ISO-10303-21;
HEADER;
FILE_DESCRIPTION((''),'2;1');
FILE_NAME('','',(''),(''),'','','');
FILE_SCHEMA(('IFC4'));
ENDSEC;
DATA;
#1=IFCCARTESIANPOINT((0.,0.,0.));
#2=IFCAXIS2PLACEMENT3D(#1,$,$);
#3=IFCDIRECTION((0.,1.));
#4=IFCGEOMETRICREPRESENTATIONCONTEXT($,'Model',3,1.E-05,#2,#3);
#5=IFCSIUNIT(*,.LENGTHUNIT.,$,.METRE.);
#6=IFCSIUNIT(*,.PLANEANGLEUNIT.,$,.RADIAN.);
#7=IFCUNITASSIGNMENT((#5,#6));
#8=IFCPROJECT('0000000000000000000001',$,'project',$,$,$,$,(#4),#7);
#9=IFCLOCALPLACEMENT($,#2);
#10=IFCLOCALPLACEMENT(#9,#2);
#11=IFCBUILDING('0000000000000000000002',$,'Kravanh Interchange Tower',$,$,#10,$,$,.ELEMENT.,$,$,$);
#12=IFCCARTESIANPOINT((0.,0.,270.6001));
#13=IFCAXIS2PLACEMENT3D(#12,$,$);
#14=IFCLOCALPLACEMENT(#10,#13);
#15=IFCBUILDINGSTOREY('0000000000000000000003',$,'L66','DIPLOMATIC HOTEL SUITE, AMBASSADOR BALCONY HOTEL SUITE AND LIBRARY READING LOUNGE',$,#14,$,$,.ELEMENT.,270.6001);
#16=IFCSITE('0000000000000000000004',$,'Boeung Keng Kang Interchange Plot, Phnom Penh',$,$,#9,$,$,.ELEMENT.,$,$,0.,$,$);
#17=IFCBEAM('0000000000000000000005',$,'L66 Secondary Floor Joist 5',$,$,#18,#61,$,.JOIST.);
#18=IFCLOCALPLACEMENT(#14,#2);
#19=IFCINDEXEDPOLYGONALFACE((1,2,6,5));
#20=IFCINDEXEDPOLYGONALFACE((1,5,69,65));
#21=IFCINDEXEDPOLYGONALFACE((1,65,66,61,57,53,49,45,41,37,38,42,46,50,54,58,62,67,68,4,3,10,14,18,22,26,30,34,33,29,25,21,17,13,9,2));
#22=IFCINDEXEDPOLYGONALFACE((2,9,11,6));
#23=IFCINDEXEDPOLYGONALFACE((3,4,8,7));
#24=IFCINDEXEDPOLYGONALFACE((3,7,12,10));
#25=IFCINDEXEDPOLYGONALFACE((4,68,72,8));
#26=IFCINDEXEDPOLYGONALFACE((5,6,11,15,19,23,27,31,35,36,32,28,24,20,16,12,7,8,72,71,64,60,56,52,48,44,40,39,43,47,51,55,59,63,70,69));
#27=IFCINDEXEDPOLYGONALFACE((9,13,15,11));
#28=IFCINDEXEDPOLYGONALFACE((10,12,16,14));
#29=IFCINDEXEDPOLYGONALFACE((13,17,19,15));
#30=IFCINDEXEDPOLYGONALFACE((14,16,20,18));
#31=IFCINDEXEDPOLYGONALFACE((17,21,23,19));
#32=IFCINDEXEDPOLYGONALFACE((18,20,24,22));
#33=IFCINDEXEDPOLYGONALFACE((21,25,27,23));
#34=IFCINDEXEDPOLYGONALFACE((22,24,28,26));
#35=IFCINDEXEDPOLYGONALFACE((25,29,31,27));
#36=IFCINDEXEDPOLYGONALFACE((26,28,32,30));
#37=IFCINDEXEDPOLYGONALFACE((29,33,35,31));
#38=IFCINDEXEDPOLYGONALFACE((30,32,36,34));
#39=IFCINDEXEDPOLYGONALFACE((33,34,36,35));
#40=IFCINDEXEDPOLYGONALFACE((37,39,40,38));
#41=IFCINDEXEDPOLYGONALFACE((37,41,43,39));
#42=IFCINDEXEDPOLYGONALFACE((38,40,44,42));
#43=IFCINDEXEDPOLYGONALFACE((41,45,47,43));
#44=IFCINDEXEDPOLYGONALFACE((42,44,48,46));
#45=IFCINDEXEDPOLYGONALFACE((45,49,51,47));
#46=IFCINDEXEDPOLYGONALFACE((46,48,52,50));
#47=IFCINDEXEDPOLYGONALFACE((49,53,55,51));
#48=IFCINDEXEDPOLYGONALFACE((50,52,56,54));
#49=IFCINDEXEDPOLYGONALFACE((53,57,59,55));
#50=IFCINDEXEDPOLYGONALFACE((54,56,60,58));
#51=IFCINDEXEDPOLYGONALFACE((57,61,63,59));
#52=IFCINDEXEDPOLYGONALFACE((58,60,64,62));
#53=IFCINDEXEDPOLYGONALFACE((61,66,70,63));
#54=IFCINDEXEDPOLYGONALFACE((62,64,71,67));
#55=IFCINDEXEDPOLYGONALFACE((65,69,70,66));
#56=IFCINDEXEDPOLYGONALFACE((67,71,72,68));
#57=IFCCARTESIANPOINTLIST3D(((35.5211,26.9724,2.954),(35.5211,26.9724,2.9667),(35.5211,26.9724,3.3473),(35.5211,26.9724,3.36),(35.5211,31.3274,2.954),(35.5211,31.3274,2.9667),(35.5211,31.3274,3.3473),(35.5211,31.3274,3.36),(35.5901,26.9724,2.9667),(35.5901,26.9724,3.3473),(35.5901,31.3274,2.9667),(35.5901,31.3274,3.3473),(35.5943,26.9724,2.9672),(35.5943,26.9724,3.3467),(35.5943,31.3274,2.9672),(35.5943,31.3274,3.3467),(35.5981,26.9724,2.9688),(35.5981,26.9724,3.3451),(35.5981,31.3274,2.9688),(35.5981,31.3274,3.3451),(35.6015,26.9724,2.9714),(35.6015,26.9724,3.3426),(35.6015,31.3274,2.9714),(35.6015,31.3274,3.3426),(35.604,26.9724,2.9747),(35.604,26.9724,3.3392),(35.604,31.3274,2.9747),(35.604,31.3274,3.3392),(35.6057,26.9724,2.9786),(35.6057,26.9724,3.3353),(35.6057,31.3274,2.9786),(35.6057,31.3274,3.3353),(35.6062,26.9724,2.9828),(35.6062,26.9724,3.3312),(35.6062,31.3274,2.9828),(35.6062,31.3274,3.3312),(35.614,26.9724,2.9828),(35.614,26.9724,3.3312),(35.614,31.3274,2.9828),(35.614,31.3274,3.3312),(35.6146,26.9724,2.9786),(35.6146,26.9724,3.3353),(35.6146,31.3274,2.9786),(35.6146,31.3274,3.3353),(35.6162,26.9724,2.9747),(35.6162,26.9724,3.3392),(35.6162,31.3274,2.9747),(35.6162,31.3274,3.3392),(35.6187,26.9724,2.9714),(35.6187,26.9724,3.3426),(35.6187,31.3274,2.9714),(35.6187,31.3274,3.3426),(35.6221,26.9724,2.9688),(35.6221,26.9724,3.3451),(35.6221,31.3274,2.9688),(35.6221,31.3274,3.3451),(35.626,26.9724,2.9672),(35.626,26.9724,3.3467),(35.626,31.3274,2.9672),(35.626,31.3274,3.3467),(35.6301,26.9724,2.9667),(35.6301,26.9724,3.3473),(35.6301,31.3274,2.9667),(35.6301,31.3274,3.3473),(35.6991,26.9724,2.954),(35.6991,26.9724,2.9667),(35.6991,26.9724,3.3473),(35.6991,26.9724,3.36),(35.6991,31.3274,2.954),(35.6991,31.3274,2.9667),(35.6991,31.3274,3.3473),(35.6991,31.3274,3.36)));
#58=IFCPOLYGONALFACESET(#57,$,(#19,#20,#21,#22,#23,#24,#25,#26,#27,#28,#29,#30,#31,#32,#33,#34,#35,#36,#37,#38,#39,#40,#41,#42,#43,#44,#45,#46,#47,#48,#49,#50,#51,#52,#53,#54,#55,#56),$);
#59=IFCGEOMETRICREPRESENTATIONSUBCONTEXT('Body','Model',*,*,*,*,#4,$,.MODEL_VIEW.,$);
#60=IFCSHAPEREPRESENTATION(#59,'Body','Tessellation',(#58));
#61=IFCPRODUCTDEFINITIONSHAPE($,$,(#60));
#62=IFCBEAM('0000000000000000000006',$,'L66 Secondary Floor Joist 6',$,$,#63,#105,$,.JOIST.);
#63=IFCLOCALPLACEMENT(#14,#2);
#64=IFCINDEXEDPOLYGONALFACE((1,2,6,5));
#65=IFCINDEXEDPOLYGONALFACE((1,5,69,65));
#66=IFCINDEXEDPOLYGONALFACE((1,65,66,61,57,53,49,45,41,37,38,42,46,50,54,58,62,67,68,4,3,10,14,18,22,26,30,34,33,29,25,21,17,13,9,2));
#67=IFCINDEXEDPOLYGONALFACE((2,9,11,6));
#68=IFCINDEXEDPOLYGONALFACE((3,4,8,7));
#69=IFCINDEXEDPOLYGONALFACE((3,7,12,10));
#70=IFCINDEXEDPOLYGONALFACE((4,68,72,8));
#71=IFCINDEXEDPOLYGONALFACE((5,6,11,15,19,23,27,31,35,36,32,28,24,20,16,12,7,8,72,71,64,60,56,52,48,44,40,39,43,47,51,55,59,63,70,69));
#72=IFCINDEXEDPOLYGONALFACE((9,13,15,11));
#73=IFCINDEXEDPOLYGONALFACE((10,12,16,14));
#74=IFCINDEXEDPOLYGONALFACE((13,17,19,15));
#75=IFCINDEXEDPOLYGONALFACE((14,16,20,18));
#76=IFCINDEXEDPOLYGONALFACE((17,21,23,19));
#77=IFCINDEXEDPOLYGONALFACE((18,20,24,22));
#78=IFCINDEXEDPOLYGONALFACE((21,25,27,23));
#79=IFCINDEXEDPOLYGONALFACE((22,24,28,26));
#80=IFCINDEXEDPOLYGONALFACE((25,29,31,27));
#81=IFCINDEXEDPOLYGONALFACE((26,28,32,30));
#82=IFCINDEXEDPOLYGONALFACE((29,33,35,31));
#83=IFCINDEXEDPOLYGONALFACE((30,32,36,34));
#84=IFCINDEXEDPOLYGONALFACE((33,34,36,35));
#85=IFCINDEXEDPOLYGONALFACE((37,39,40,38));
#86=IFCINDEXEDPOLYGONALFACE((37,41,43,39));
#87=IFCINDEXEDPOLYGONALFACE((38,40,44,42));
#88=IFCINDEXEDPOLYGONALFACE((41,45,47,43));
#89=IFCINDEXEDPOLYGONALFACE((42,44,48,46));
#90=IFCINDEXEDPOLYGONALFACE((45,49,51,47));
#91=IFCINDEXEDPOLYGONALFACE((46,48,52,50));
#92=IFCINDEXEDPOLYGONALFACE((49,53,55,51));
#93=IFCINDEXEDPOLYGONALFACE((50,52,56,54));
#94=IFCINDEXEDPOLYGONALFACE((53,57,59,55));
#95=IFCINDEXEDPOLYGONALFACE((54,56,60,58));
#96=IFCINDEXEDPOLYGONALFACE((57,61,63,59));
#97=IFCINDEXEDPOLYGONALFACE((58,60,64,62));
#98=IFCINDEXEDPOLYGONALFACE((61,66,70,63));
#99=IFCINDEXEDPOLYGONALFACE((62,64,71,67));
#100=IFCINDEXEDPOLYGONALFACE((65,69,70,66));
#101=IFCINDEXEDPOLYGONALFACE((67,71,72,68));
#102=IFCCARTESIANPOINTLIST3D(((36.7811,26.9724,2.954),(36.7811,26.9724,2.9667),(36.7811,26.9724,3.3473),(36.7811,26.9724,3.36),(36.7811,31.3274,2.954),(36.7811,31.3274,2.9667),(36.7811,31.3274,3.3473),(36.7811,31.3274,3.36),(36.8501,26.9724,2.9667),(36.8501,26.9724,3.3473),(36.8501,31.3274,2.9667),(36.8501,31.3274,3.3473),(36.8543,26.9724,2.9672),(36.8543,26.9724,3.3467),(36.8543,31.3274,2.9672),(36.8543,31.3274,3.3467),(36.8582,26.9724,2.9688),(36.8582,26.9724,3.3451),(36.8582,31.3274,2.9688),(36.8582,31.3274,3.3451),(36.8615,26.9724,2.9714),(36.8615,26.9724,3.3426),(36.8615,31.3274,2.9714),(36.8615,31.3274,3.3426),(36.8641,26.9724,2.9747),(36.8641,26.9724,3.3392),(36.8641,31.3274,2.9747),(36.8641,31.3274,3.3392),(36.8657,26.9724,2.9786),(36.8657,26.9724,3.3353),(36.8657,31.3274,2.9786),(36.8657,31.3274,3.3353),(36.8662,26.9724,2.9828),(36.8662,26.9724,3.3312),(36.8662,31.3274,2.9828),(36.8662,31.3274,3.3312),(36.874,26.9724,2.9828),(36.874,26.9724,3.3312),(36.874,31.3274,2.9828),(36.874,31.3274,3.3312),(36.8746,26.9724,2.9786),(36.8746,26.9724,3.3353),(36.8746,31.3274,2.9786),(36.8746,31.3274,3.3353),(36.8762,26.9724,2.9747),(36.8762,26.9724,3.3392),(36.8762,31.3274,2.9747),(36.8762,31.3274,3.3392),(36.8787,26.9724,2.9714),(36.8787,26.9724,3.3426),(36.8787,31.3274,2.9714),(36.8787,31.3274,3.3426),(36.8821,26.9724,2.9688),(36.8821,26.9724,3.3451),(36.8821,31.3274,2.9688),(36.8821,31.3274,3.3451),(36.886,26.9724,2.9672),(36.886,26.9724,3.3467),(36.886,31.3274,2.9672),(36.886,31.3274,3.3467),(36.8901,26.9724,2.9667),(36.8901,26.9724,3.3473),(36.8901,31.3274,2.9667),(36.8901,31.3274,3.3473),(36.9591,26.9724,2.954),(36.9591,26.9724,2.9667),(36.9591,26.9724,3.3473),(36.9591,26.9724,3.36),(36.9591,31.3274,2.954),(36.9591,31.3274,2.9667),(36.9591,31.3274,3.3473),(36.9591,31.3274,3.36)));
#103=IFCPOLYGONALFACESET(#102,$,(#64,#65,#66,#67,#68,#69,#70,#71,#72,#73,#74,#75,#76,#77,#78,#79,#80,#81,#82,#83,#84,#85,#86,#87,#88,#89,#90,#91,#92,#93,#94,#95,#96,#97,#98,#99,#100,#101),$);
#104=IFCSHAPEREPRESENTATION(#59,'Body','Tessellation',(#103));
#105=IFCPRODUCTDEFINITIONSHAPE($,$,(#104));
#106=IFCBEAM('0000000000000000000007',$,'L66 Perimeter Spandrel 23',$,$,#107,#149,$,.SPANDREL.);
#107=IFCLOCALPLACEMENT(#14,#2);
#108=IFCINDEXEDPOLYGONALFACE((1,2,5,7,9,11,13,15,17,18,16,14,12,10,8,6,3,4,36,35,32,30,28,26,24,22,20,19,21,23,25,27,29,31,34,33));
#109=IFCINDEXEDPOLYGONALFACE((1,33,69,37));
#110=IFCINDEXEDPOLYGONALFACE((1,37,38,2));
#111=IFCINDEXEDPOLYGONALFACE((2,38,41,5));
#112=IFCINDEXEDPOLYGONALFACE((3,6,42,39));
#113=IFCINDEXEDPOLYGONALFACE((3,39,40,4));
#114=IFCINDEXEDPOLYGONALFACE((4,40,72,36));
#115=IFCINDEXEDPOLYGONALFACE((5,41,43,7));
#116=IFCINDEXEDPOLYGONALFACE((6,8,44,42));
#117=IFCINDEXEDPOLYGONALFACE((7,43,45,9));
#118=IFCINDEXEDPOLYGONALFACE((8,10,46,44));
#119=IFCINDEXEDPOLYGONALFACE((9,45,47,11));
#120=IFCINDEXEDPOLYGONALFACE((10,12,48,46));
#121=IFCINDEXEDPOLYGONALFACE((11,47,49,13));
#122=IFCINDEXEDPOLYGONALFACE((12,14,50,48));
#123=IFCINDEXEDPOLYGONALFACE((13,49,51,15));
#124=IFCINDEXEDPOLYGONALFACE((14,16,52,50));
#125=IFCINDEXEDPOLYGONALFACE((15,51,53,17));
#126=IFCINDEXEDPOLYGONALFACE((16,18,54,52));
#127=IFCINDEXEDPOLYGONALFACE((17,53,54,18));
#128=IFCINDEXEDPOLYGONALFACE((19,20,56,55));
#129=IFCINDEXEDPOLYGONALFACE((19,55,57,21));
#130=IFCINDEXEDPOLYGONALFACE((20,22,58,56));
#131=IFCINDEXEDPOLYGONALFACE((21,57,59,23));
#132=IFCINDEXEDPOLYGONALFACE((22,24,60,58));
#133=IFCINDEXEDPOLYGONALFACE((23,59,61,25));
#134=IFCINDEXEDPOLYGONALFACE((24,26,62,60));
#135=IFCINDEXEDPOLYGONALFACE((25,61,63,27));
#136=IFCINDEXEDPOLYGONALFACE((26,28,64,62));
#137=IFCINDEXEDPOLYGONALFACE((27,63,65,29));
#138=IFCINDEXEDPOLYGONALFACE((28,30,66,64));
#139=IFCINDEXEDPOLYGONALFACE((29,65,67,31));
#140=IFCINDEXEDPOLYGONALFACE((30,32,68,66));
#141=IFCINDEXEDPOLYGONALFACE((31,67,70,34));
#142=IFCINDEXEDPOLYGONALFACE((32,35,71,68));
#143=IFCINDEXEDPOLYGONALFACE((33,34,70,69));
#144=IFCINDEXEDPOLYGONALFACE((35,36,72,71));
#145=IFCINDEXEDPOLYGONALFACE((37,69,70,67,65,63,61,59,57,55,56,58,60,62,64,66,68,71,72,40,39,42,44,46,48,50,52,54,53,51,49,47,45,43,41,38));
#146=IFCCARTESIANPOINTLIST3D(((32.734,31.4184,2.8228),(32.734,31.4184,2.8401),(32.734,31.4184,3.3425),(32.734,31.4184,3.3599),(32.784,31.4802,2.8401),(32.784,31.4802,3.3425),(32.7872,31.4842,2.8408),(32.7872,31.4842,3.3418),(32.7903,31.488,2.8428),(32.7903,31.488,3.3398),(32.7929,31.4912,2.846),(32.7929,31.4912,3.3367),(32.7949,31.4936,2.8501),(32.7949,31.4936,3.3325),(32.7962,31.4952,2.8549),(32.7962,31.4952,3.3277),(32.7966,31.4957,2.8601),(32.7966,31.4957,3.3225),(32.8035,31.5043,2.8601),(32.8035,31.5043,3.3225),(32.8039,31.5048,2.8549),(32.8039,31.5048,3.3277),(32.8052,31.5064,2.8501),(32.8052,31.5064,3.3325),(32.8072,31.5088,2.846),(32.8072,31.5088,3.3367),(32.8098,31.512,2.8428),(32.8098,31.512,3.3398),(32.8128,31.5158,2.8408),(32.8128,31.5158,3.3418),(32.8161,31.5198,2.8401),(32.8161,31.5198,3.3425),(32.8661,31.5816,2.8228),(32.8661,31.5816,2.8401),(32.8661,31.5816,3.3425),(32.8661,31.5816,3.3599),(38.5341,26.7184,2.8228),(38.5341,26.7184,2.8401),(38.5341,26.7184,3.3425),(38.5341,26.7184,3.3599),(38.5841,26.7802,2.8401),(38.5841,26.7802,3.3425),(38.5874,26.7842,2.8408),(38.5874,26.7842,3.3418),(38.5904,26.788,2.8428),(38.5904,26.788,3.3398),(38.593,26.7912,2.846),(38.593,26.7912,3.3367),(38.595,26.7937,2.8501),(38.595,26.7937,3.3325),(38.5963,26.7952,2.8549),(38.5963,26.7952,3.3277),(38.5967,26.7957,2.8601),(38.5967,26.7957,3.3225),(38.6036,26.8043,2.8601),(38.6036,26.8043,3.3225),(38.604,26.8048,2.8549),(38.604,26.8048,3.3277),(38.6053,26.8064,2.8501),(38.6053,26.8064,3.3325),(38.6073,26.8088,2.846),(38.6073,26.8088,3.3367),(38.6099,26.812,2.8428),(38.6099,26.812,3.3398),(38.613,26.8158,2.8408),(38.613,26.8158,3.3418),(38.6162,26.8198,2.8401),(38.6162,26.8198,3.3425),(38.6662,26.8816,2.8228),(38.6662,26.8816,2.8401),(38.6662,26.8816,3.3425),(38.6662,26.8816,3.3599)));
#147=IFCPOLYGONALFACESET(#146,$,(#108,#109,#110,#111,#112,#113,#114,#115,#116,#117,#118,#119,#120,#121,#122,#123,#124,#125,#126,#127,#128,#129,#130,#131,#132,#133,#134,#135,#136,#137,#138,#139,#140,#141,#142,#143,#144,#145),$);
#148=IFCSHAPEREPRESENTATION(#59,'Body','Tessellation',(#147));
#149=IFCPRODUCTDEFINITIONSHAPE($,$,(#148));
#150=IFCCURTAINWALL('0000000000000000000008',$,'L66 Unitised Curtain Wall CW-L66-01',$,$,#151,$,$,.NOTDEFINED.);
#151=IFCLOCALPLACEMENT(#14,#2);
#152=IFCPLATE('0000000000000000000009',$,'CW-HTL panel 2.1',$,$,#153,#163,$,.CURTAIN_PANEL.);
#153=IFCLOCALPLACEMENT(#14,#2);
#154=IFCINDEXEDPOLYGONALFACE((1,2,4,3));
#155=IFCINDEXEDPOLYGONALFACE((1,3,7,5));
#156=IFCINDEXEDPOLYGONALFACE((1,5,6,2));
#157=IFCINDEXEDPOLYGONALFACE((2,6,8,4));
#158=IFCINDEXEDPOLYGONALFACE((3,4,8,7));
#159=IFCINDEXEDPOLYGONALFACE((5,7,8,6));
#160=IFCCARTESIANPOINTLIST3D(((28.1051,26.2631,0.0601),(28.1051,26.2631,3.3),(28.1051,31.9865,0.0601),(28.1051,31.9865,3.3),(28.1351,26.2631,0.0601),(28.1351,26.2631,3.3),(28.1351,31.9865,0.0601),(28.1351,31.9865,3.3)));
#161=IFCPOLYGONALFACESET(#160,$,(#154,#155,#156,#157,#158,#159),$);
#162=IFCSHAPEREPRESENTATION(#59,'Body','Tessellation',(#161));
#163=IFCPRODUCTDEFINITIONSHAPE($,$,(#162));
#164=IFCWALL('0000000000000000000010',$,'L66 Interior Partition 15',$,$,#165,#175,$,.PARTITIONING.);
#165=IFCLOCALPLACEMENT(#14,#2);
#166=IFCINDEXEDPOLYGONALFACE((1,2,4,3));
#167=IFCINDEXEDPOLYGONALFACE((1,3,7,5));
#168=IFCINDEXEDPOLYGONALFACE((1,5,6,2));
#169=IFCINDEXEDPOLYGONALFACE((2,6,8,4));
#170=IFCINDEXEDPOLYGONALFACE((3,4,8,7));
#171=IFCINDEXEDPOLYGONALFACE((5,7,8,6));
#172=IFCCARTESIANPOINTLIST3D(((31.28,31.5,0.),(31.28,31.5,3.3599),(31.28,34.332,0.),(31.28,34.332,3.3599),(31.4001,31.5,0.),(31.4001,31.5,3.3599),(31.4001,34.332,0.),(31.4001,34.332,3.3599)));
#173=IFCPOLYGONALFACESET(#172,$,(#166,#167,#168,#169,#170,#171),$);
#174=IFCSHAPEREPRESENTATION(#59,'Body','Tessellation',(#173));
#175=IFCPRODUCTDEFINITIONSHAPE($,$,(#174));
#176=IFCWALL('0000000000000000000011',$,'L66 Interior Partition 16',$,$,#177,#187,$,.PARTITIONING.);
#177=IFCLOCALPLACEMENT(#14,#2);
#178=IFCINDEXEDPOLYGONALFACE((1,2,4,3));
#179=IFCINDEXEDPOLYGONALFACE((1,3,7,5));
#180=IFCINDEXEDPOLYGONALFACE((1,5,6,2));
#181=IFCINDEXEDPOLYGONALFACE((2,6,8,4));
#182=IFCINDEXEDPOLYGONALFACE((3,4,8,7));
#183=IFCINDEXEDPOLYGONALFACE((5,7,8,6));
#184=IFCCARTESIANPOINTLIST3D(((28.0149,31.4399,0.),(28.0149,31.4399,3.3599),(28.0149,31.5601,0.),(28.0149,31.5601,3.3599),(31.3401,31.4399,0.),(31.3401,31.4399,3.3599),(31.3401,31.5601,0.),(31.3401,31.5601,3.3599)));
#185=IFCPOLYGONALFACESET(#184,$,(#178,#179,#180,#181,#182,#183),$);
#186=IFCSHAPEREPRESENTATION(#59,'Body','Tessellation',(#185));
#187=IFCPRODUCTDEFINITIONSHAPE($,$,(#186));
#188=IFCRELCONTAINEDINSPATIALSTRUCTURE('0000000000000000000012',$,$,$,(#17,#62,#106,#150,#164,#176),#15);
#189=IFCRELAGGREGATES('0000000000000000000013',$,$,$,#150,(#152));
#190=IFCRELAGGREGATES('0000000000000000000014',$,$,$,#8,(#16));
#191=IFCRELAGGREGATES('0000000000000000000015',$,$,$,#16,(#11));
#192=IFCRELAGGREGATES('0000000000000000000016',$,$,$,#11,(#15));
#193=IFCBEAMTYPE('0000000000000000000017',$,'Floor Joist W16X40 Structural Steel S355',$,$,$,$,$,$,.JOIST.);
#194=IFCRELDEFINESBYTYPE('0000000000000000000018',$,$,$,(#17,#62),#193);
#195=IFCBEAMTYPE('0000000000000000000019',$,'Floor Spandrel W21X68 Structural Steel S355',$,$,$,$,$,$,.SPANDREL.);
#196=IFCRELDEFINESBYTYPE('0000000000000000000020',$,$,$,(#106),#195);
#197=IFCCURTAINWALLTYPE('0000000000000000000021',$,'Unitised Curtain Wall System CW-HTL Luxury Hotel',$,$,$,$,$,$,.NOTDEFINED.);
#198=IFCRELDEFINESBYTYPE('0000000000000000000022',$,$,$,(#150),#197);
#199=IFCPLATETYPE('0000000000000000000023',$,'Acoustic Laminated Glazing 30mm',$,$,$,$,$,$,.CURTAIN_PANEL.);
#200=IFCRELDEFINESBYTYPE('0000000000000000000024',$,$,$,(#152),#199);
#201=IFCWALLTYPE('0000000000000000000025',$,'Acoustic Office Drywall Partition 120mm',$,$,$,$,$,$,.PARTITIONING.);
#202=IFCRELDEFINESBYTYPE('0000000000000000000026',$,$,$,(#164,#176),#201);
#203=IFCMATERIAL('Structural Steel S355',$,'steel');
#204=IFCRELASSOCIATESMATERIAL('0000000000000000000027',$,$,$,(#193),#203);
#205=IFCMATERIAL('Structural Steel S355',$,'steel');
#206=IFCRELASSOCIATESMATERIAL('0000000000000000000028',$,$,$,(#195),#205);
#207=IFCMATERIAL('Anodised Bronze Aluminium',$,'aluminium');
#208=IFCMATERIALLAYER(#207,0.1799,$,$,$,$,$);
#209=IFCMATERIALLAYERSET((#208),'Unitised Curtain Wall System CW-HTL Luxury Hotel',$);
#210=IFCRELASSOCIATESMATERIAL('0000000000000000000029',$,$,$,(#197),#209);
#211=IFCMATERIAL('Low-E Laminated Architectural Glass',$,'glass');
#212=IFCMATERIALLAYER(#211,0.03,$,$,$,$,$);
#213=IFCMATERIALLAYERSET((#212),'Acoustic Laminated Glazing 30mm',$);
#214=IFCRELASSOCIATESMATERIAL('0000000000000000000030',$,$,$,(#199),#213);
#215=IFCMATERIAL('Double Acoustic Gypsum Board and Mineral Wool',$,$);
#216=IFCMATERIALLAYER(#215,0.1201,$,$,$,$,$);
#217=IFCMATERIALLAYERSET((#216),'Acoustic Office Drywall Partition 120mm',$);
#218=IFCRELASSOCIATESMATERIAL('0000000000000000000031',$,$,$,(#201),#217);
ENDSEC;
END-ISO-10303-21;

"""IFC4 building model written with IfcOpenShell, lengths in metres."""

from ifc_helpers import new_model, si_unit, direction, frame, frame_2d, origin, origin_2d, place, context, subcontext, project, spatial, rectangle, i_section, extrude, material, layer, layer_set, material_profile, profile_set, type_object, element, aggregate, save


model = new_model("IFC4")

# Units and contexts
model_context = context("Model", 3, precision=1e-05, world=origin(), true_north=direction((0.0, 1.0)))
body_context = subcontext(model_context, "Body", "Model", "MODEL_VIEW")
ifc_project = project(units=[si_unit("LENGTHUNIT", "METRE"), si_unit("PLANEANGLEUNIT", "RADIAN")], contexts=[model_context])

# Site, building, storey
site_placement = place(None, origin())
site = spatial("IfcSite", under=ifc_project, at=site_placement, Name="Boeung Keng Kang Interchange Plot, Phnom Penh", CompositionType="ELEMENT", RefElevation=0.0)
building_placement = place(site_placement, origin())
building = spatial("IfcBuilding", under=site, at=building_placement, Name="Kravanh Interchange Tower", CompositionType="ELEMENT")
storey_placement = place(building_placement, frame((0.0, 0.0, 270.6001)))
storey = spatial("IfcBuildingStorey", under=building, at=storey_placement, Name="L66", Description="DIPLOMATIC HOTEL SUITE, AMBASSADOR BALCONY HOTEL SUITE AND LIBRARY READING LOUNGE", CompositionType="ELEMENT", Elevation=270.6001)

# Beams
ifc_material_1 = material(Name="Structural Steel S355", Category="steel")
ifc_material_profile_1 = material_profile(ifc_material_1, i_section(OverallWidth=0.178, OverallDepth=0.406, WebThickness=0.0078, FlangeThickness=0.0127, FilletRadius=0.0161, at=origin_2d()), Name="W16X40")
ifc_profile_set_1 = profile_set([ifc_material_profile_1], Name="Structural Steel S355")
beam_type_1 = type_object("IfcBeamType", Name="Floor Joist W16X40 Structural Steel S355", PredefinedType="JOIST", material=ifc_profile_set_1)
for number, where, z_axis, x_axis, name in (
    (1, (35.6101, 26.9724, 3.157), (0.0, 1.0, 0.0), (-1.0, 0.0, 0.0), "L66 Secondary Floor Joist 5"),
    (2, (36.8701, 26.9724, 3.157), (0.0, 1.0, 0.0), (-1.0, 0.0, 0.0), "L66 Secondary Floor Joist 6"),
):
    element("IfcBeam", number, at=place(storey_placement, frame(where, z_axis=z_axis, x_axis=x_axis)), inside=storey, type_object=beam_type_1, Name=name, PredefinedType="JOIST", context=body_context, shape_type="SweptSolid", body=[
        extrude(i_section(OverallWidth=0.178, OverallDepth=0.406, WebThickness=0.0078, FlangeThickness=0.0127, FilletRadius=0.0161, at=origin_2d()), origin(), (0.0, 0.0, 1.0), 4.355),
    ])
ifc_material_2 = material(Name="Structural Steel S355", Category="steel")
ifc_material_profile_2 = material_profile(ifc_material_2, i_section(OverallWidth=0.21, OverallDepth=0.5371, WebThickness=0.011, FlangeThickness=0.0173, FilletRadius=0.02, at=origin_2d()), Name="W21X68")
ifc_profile_set_2 = profile_set([ifc_material_profile_2], Name="Structural Steel S355")
beam_type_2 = type_object("IfcBeamType", Name="Floor Spandrel W21X68 Structural Steel S355", PredefinedType="SPANDREL", material=ifc_profile_set_2)
beam_1_placement = place(storey_placement, frame((32.8, 31.5, 3.0913), z_axis=(0.776939, -0.629576, 0.0), x_axis=(0.629576, 0.776939, 0.0)))
element("IfcBeam", 3, at=beam_1_placement, inside=storey, type_object=beam_type_2, Name="L66 Perimeter Spandrel 23", PredefinedType="SPANDREL", context=body_context, shape_type="SweptSolid", body=[
    extrude(i_section(OverallWidth=0.21, OverallDepth=0.5371, WebThickness=0.011, FlangeThickness=0.0173, FilletRadius=0.02, at=origin_2d()), origin(), (0.0, 0.0, 1.0), 7.4653),
])

# Curtain wall, plate
ifc_material_3 = material(Name="Anodised Bronze Aluminium", Category="aluminium")
ifc_layer_1 = layer(ifc_material_3, 0.1799)
ifc_layer_set_1 = layer_set([ifc_layer_1], Name="Unitised Curtain Wall System CW-HTL Luxury Hotel")
curtain_wall_type = type_object("IfcCurtainWallType", Name="Unitised Curtain Wall System CW-HTL Luxury Hotel", PredefinedType="NOTDEFINED", material=ifc_layer_set_1)
curtain_wall_placement = place(storey_placement, origin())
curtain_wall = element("IfcCurtainWall", 4, at=curtain_wall_placement, inside=storey, type_object=curtain_wall_type, Name="L66 Unitised Curtain Wall CW-L66-01", PredefinedType="NOTDEFINED")
ifc_material_4 = material(Name="Low-E Laminated Architectural Glass", Category="glass")
ifc_layer_2 = layer(ifc_material_4, 0.03)
ifc_layer_set_2 = layer_set([ifc_layer_2], Name="Acoustic Laminated Glazing 30mm")
plate_type = type_object("IfcPlateType", Name="Acoustic Laminated Glazing 30mm", PredefinedType="CURTAIN_PANEL", material=ifc_layer_set_2)
plate_placement = place(storey_placement, frame((28.1201, 29.1248, 0.0601), z_axis=(0.0, 0.0, 1.0), x_axis=(0.0, 1.0, 0.0)))
plate = element("IfcPlate", 5, at=plate_placement, type_object=plate_type, Name="CW-HTL panel 2.1", PredefinedType="CURTAIN_PANEL", context=body_context, shape_type="SweptSolid", body=[
    extrude(rectangle(XDim=5.7234, YDim=0.03, at=origin_2d()), origin(), (0.0, 0.0, 1.0), 3.24),
])
aggregate(curtain_wall, [plate])

# Walls
ifc_material_5 = material(Name="Double Acoustic Gypsum Board and Mineral Wool")
ifc_layer_3 = layer(ifc_material_5, 0.1201)
ifc_layer_set_3 = layer_set([ifc_layer_3], Name="Acoustic Office Drywall Partition 120mm")
wall_type_1 = type_object("IfcWallType", Name="Acoustic Office Drywall Partition 120mm", PredefinedType="PARTITIONING", material=ifc_layer_set_3)
wall_1_placement = place(storey_placement, frame((31.3401, 31.5, 0.0), z_axis=(0.0, 0.0, 1.0), x_axis=(0.0, 1.0, 0.0)))
element("IfcWall", 6, at=wall_1_placement, inside=storey, type_object=wall_type_1, Name="L66 Interior Partition 15", PredefinedType="PARTITIONING", context=body_context, shape_type="SweptSolid", body=[
    extrude(rectangle(XDim=2.832, YDim=0.1201, at=frame_2d((1.416, 0.0))), origin(), (0.0, 0.0, 1.0), 3.3599),
])
wall_2_placement = place(storey_placement, frame((28.0149, 31.5, 0.0), z_axis=(0.0, 0.0, 1.0), x_axis=(1.0, 0.0, 0.0)))
element("IfcWall", 7, at=wall_2_placement, inside=storey, type_object=wall_type_1, Name="L66 Interior Partition 16", PredefinedType="PARTITIONING", context=body_context, shape_type="SweptSolid", body=[
    extrude(rectangle(XDim=3.3252, YDim=0.1201, at=frame_2d((1.6626, 0.0))), origin(), (0.0, 0.0, 1.0), 3.3599),
])

save(model, "model.ifc")
